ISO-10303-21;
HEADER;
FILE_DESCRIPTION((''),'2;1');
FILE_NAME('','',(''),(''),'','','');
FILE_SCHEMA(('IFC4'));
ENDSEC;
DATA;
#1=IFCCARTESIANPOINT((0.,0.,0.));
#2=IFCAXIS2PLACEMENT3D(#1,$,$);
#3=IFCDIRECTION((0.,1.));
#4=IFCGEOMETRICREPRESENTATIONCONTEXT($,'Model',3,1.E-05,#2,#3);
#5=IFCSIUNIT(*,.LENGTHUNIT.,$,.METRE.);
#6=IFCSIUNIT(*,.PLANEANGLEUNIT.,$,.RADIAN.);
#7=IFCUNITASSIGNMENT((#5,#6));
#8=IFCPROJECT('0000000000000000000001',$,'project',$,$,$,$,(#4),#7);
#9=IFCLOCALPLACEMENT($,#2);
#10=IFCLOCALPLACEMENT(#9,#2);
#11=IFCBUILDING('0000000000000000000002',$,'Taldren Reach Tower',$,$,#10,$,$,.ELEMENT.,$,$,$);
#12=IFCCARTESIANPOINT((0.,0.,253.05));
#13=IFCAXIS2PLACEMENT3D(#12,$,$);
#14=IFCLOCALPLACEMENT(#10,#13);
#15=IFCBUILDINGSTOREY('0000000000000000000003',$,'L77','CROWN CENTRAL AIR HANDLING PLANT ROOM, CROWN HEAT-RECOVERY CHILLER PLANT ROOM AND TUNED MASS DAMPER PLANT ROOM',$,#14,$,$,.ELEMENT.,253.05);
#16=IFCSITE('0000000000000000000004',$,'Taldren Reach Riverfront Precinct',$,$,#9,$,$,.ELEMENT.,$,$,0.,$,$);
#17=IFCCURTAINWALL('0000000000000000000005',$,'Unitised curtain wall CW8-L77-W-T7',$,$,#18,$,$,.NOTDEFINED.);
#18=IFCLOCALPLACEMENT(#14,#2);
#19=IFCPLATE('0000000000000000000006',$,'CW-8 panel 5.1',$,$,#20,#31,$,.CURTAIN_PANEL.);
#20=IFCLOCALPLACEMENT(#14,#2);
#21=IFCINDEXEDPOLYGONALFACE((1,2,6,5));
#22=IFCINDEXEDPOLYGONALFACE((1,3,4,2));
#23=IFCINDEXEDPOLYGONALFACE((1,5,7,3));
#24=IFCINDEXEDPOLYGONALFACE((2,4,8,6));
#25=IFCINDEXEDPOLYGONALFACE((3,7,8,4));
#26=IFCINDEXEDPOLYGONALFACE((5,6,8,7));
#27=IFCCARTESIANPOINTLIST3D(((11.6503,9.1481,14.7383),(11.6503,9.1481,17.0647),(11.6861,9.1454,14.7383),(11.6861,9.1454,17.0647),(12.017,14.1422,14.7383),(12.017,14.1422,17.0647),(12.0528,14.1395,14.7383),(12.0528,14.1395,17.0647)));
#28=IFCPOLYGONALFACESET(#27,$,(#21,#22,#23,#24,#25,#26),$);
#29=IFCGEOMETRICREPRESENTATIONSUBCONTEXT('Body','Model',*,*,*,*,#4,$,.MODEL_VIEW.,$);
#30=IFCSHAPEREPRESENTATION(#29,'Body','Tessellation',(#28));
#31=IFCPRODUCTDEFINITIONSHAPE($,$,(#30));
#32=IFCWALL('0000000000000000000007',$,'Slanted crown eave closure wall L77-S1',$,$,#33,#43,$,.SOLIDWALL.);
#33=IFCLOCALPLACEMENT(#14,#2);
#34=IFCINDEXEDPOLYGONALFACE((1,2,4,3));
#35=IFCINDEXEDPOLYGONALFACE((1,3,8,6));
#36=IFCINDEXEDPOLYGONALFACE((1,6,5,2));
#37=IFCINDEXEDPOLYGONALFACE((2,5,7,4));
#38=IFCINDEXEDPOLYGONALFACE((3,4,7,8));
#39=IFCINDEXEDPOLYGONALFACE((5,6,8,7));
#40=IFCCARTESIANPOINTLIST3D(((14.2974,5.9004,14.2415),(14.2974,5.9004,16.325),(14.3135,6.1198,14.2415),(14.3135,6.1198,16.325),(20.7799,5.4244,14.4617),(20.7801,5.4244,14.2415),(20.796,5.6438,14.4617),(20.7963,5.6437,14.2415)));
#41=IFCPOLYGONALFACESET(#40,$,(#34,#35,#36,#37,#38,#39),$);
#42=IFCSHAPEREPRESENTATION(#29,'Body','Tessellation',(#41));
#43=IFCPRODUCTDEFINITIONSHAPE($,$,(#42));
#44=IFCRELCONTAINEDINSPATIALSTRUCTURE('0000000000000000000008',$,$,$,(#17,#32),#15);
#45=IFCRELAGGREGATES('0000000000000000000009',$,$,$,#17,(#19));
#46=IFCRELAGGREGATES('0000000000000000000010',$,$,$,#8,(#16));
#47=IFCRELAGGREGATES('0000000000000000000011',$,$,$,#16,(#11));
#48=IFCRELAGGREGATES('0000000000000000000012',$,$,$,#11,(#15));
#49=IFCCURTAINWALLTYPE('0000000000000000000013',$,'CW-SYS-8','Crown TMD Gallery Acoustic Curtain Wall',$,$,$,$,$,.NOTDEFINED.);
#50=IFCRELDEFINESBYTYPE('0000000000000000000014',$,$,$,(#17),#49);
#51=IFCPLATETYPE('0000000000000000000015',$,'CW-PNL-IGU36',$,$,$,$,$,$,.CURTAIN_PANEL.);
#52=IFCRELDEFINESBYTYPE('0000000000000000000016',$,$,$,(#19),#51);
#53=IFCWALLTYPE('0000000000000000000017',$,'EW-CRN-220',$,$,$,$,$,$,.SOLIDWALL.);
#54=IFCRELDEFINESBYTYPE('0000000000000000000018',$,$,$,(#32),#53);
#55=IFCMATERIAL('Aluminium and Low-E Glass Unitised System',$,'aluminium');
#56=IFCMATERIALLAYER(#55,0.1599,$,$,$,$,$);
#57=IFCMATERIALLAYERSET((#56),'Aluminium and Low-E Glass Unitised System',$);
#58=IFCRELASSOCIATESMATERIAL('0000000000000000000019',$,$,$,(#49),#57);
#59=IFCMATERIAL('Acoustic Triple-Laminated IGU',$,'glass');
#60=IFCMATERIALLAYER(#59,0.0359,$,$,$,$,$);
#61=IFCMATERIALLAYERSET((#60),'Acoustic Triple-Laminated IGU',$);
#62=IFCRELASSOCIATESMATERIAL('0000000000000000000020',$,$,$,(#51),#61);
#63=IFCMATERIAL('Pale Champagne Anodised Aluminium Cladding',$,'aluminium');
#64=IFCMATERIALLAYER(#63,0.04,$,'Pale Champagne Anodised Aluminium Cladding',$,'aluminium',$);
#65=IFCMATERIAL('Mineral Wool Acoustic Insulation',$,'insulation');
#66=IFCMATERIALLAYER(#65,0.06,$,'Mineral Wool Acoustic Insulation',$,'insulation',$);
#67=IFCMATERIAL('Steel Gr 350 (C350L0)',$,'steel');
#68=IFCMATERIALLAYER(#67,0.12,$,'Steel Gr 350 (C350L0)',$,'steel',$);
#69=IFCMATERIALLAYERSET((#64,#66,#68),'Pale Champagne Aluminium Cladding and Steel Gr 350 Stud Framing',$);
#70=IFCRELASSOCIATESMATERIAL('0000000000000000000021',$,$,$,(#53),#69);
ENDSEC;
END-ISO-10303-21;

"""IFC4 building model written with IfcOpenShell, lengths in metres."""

from ifc_helpers import new_model, si_unit, direction, frame, origin, origin_2d, place, context, subcontext, project, spatial, polyline, rectangle, outline, extrude, source, transform, mapped, material, layer, layer_set, type_object, element, aggregate, save


model = new_model("IFC4")

# Units and contexts
model_context = context("Model", 3, precision=1e-05, world=origin(), true_north=direction((0.0, 1.0)))
body_context = subcontext(model_context, "Body", "Model", "MODEL_VIEW")
ifc_project = project(units=[si_unit("LENGTHUNIT", "METRE"), si_unit("PLANEANGLEUNIT", "RADIAN")], contexts=[model_context])

# Site, building, storey
site_placement = place(None, origin())
site = spatial("IfcSite", under=ifc_project, at=site_placement, Name="Taldren Reach Riverfront Precinct", CompositionType="ELEMENT", RefElevation=0.0)
building_placement = place(site_placement, origin())
building = spatial("IfcBuilding", under=site, at=building_placement, Name="Taldren Reach Tower", CompositionType="ELEMENT")
storey_placement = place(building_placement, frame((0.0, 0.0, 253.05)))
storey = spatial("IfcBuildingStorey", under=building, at=storey_placement, Name="L77", Description="CROWN CENTRAL AIR HANDLING PLANT ROOM, CROWN HEAT-RECOVERY CHILLER PLANT ROOM AND TUNED MASS DAMPER PLANT ROOM", CompositionType="ELEMENT", Elevation=253.05)

# Shared definitions
ifc_material_1 = material(Name="Steel Gr 350 (C350L0)", Category="steel")

# Curtain wall
ifc_material_2 = material(Name="Aluminium and Low-E Glass Unitised System", Category="aluminium")
ifc_layer_1 = layer(ifc_material_2, 0.1599)
ifc_layer_set_1 = layer_set([ifc_layer_1], Name="Aluminium and Low-E Glass Unitised System")
curtain_wall_type = type_object("IfcCurtainWallType", Name="CW-SYS-8", Description="Crown TMD Gallery Acoustic Curtain Wall", PredefinedType="NOTDEFINED", material=ifc_layer_set_1)
curtain_wall_1_placement = place(storey_placement, origin())
curtain_wall_1 = element("IfcCurtainWall", 1, at=curtain_wall_1_placement, inside=storey, type_object=curtain_wall_type, Name="Unitised curtain wall CW8-L77-W-T7", PredefinedType="NOTDEFINED")

# Plate
ifc_material_3 = material(Name="Acoustic Triple-Laminated IGU", Category="glass")
ifc_layer_2 = layer(ifc_material_3, 0.0359)
ifc_layer_set_2 = layer_set([ifc_layer_2], Name="Acoustic Triple-Laminated IGU")
plate_type_1 = type_object("IfcPlateType", Name="CW-PNL-IGU36", PredefinedType="CURTAIN_PANEL", material=ifc_layer_set_2)
shared_shape_1 = source(origin(), body_context, "Body", "SweptSolid", [
    extrude(rectangle(XDim=5.0076, YDim=0.0359, at=origin_2d()), origin(), (0.0, 0.0, 1.0), 2.3264),
])
plate_1_placement = place(storey_placement, frame((11.8516, 11.6438, 14.7383), z_axis=(0.0, 0.0, 1.0), x_axis=(-0.073238, -0.997314, 0.0)))
plate_1 = element("IfcPlate", 2, at=plate_1_placement, type_object=plate_type_1, Name="CW-8 panel 5.1", PredefinedType="CURTAIN_PANEL", context=body_context, shape_type="MappedRepresentation", body=[
    mapped(shared_shape_1, transform((0.0, 0.0, 0.0), scale=1.0)),
])
aggregate(curtain_wall_1, [plate_1])

# Wall
ifc_material_4 = material(Name="Pale Champagne Anodised Aluminium Cladding", Category="aluminium")
ifc_layer_3 = layer(ifc_material_4, 0.04, Name="Pale Champagne Anodised Aluminium Cladding", Category="aluminium")
ifc_material_5 = material(Name="Mineral Wool Acoustic Insulation", Category="insulation")
ifc_layer_4 = layer(ifc_material_5, 0.06, Name="Mineral Wool Acoustic Insulation", Category="insulation")
ifc_layer_5 = layer(ifc_material_1, 0.12, Name="Steel Gr 350 (C350L0)", Category="steel")
ifc_layer_set_3 = layer_set([ifc_layer_3, ifc_layer_4, ifc_layer_5], Name="Pale Champagne Aluminium Cladding and Steel Gr 350 Stud Framing")
wall_type = type_object("IfcWallType", Name="EW-CRN-220", PredefinedType="SOLIDWALL", material=ifc_layer_set_3)
wall_placement = place(storey_placement, frame((14.3054, 6.0103, 14.2415), z_axis=(0.0, 0.0, 1.0), x_axis=(0.997314, -0.073241, 0.0)))
element("IfcWall", 3, at=wall_placement, inside=storey, type_object=wall_type, Name="Slanted crown eave closure wall L77-S1", PredefinedType="SOLIDWALL", context=body_context, shape_type="SweptSolid", body=[
    extrude(outline(polyline([(0.0, 0.0), (6.5002, 0.0), (6.5, 0.2202), (0.0, 2.0835), (0.0, 0.0)])), frame((0.0, 0.1099, 0.0), z_axis=(0.0, -1.0, 0.0), x_axis=(1.0, 0.0, 0.0)), (0.0, 0.0, 1.0), 0.22),
])

save(model, "model.ifc")
